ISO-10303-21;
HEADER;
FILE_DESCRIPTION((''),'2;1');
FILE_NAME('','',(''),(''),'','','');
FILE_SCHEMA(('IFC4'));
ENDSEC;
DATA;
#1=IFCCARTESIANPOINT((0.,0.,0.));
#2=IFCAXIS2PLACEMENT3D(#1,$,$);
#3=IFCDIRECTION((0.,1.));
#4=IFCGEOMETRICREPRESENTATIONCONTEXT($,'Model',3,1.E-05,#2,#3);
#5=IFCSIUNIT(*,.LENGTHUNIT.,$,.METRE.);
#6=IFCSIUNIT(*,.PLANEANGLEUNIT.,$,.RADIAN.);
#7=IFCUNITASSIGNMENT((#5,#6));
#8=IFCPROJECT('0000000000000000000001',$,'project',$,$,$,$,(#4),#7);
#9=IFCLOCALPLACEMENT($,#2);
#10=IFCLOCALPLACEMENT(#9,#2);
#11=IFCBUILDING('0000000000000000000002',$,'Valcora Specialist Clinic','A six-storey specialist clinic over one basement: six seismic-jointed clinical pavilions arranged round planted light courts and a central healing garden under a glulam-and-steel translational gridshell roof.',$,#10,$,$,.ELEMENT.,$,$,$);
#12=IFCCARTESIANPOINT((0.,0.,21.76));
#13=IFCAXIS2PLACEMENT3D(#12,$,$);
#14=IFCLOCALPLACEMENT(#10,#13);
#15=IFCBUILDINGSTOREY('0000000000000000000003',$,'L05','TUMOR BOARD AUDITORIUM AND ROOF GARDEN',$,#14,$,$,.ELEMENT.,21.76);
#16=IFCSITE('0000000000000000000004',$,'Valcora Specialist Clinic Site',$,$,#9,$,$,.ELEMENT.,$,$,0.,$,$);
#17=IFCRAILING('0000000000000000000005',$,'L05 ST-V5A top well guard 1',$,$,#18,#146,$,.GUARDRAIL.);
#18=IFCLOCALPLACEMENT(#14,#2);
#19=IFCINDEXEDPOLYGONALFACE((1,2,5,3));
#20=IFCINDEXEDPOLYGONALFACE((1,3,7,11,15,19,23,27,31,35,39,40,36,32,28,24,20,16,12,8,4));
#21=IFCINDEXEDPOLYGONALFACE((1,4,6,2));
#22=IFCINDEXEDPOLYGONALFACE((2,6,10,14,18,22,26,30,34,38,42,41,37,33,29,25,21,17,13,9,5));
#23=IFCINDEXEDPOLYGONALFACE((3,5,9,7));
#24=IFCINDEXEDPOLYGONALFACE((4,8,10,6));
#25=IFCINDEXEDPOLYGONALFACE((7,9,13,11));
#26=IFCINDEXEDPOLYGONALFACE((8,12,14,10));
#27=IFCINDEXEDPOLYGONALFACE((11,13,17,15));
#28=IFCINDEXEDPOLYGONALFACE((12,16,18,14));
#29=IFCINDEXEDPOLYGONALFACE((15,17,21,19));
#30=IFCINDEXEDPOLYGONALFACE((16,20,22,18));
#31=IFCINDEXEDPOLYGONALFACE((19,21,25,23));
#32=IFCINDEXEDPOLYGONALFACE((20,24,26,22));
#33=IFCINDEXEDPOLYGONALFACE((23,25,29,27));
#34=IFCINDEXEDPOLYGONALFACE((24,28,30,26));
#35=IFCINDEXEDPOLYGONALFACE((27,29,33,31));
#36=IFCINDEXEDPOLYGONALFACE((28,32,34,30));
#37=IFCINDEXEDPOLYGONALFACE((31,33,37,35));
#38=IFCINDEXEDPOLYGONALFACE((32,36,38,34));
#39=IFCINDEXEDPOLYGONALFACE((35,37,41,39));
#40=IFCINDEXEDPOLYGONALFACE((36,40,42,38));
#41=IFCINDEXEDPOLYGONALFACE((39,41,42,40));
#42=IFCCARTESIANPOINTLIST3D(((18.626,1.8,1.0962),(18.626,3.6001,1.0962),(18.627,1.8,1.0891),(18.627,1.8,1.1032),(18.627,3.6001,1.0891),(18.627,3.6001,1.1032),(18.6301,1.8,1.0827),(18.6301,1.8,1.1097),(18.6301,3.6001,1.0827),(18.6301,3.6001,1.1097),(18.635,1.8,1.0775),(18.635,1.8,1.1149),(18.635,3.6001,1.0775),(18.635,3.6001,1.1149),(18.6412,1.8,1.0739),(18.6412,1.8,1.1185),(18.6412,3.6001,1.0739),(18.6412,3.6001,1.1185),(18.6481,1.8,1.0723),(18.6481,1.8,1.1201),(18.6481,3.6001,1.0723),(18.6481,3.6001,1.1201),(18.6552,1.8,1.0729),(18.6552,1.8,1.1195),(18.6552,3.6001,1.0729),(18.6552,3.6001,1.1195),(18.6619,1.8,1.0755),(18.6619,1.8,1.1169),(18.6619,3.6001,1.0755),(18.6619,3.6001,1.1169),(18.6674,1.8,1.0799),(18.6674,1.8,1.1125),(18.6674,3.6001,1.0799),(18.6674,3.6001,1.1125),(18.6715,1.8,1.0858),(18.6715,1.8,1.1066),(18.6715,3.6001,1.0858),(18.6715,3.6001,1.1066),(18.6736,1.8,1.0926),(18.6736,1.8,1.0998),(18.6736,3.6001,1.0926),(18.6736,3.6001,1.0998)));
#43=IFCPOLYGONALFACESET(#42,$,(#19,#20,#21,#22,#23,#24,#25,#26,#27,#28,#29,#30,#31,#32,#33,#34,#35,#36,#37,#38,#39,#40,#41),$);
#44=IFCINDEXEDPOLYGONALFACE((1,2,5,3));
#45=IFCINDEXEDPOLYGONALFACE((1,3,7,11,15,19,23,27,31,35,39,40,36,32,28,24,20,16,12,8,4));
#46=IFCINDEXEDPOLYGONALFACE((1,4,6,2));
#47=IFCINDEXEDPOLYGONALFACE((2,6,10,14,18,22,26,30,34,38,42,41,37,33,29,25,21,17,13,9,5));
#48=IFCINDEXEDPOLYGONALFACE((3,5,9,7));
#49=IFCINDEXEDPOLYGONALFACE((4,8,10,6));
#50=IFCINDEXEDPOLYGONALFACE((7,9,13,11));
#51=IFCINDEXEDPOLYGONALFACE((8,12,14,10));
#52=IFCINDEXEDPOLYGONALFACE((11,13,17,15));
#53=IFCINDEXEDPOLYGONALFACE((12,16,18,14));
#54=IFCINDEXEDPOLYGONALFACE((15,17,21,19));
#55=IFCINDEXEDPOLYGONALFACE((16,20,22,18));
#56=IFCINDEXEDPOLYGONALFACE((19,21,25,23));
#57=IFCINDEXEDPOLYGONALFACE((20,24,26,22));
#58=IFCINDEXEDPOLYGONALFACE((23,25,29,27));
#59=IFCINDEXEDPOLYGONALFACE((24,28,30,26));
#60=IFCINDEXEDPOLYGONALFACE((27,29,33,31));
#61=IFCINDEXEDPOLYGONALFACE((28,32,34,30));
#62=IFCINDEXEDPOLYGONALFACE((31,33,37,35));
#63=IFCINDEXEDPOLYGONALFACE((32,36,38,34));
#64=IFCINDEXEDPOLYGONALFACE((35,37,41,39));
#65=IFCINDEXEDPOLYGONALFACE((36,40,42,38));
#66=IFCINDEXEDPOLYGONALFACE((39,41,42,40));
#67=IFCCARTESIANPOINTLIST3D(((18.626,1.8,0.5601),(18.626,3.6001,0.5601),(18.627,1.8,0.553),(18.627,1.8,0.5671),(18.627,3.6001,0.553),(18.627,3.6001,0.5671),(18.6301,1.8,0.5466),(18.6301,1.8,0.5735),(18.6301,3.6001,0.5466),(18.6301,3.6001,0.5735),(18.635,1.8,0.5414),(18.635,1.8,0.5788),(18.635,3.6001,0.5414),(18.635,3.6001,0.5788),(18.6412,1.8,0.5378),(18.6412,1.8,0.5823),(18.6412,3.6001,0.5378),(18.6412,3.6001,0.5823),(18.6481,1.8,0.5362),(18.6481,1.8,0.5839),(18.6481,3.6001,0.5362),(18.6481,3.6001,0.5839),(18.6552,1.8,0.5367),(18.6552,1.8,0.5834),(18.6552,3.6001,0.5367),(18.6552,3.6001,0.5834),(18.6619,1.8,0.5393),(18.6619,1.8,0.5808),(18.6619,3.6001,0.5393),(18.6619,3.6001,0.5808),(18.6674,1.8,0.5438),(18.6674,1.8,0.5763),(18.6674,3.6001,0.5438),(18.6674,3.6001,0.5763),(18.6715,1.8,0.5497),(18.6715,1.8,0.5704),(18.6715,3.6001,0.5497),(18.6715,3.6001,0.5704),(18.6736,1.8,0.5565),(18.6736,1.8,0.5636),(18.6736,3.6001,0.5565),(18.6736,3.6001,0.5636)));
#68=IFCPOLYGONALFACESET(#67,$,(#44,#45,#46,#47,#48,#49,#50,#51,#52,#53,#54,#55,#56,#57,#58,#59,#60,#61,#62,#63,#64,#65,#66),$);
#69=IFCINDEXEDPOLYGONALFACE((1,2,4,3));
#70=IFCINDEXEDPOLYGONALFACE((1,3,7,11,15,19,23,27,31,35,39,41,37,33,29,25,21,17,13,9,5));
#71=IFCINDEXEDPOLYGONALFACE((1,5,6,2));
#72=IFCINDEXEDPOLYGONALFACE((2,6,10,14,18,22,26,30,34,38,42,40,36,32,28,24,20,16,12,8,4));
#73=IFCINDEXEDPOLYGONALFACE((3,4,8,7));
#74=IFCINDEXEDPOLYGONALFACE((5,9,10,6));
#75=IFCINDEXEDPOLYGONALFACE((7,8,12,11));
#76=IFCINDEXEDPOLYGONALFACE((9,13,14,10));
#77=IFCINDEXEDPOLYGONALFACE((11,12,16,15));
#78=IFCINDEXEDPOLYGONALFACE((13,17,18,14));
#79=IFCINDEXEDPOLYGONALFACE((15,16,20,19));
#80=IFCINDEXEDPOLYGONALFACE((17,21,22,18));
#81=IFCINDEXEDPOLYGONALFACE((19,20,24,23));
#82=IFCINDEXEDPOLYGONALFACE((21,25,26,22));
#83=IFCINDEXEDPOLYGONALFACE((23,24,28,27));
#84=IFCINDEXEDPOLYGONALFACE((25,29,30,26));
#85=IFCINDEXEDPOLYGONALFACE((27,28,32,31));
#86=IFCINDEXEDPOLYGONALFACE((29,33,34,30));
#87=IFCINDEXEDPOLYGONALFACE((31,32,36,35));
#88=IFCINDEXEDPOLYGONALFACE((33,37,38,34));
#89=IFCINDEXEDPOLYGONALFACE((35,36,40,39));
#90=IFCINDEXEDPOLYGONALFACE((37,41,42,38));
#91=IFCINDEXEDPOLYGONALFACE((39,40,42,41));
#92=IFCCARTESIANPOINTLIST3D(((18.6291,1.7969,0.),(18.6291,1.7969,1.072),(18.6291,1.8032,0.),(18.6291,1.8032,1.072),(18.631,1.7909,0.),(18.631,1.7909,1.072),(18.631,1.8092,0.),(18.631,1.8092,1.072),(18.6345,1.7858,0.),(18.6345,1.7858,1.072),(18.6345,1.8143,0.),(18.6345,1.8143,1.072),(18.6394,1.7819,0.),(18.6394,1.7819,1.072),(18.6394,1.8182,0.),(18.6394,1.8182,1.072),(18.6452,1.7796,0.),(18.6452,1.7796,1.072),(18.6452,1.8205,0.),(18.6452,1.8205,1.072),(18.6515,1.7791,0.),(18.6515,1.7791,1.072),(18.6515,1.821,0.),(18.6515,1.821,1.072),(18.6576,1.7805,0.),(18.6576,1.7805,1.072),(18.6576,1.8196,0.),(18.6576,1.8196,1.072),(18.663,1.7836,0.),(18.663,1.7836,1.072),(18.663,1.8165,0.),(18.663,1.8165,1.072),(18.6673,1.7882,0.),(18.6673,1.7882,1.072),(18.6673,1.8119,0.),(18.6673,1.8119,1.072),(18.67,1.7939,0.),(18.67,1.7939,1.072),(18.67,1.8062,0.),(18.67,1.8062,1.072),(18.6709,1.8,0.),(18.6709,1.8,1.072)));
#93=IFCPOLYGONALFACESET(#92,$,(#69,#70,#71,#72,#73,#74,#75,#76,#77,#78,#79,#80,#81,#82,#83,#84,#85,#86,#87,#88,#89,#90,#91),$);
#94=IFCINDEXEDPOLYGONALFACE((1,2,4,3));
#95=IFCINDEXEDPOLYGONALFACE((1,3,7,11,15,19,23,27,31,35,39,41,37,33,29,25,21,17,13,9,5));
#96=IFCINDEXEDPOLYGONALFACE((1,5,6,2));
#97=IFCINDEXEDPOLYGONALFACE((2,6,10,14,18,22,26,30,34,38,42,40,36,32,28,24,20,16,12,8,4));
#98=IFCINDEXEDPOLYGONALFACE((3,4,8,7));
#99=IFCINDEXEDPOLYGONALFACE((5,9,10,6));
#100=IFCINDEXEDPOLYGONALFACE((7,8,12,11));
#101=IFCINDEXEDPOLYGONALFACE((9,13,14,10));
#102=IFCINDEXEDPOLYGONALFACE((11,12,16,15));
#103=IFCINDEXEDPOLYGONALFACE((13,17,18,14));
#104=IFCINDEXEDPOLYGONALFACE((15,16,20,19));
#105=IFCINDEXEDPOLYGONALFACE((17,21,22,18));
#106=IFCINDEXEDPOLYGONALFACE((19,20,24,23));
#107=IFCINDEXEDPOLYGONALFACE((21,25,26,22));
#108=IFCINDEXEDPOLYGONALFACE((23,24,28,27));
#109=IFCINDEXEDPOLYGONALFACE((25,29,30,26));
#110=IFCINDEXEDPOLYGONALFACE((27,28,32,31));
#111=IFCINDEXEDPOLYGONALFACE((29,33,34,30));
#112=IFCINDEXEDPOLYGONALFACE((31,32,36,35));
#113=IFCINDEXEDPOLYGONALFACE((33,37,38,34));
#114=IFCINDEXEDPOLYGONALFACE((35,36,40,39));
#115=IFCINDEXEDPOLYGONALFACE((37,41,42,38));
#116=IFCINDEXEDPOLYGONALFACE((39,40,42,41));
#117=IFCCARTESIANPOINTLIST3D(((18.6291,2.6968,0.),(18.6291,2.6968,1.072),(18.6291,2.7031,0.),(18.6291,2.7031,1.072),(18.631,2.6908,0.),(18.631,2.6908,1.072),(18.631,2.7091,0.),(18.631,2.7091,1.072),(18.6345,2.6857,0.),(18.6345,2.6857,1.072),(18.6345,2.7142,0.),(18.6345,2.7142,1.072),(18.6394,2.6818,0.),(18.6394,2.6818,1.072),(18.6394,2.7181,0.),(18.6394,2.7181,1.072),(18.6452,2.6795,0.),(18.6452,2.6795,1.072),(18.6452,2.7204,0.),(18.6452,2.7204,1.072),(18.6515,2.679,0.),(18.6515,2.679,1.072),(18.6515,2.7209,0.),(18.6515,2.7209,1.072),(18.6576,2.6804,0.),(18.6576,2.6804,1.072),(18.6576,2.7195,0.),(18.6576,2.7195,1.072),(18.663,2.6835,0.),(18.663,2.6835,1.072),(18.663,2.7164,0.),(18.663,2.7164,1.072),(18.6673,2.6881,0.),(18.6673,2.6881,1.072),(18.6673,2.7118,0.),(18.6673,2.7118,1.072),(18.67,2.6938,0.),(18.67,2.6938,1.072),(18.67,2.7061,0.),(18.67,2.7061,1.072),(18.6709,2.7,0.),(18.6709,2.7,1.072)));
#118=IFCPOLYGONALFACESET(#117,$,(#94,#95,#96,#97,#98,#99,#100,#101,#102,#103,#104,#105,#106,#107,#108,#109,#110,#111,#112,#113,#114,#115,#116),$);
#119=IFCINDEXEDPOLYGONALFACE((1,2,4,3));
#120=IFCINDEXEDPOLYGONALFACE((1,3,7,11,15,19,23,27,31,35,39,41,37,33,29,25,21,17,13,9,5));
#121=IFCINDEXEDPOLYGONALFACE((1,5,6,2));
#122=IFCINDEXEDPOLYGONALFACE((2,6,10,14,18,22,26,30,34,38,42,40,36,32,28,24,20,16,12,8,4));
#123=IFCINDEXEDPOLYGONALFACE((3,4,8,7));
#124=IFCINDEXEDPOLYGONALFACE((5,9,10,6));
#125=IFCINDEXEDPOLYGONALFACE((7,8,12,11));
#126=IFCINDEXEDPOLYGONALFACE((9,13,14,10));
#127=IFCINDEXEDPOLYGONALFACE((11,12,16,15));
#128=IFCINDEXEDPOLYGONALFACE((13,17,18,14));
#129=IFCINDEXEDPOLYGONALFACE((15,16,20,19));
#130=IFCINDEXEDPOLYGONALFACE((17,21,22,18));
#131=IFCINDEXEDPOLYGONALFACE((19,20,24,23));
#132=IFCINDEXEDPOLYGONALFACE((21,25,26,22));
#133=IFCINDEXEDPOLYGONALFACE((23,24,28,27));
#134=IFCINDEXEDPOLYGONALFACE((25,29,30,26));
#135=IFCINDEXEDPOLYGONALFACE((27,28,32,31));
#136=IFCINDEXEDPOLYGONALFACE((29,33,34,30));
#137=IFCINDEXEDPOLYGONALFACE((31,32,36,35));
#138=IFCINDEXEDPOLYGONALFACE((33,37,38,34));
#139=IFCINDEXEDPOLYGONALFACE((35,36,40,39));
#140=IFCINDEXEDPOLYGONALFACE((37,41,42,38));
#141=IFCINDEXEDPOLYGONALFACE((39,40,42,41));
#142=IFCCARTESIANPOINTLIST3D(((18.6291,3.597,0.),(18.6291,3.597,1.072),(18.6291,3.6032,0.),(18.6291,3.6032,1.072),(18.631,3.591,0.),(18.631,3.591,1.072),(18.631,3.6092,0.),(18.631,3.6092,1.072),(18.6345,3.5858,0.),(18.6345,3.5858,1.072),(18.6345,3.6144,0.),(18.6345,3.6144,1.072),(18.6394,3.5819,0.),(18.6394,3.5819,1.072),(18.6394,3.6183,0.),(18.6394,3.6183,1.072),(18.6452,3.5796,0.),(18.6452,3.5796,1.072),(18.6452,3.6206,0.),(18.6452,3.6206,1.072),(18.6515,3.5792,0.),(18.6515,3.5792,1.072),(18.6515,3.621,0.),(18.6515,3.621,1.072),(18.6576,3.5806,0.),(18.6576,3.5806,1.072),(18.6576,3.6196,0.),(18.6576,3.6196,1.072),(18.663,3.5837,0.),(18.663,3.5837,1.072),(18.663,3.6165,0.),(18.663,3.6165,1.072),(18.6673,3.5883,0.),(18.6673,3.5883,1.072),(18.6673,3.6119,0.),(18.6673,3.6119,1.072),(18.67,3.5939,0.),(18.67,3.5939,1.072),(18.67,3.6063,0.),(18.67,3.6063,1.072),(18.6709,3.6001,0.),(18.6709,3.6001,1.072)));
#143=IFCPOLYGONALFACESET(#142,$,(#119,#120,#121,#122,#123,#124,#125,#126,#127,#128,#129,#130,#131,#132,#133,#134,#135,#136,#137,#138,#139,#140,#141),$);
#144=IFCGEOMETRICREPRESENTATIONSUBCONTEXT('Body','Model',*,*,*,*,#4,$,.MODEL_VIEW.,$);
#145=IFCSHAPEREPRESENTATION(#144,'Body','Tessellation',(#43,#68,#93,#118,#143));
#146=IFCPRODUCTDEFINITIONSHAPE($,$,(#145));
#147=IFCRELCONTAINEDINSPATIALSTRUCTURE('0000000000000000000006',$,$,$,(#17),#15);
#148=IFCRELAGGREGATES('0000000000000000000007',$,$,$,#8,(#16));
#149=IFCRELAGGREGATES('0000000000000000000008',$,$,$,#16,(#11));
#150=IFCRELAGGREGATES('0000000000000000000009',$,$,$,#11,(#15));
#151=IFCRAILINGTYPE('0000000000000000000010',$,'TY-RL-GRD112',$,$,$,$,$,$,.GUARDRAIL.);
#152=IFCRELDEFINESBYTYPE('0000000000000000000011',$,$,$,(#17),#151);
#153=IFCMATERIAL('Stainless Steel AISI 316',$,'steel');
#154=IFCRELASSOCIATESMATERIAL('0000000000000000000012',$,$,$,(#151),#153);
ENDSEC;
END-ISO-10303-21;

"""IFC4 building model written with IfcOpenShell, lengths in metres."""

from ifc_helpers import new_model, si_unit, direction, frame, origin, origin_2d, place, context, subcontext, project, spatial, circle, extrude, material, type_object, element, save


model = new_model("IFC4")

# Units and contexts
model_context = context("Model", 3, precision=1e-05, world=origin(), true_north=direction((0.0, 1.0)))
body_context = subcontext(model_context, "Body", "Model", "MODEL_VIEW")
ifc_project = project(units=[si_unit("LENGTHUNIT", "METRE"), si_unit("PLANEANGLEUNIT", "RADIAN")], contexts=[model_context])

# Site, building, storey
site_placement = place(None, origin())
site = spatial("IfcSite", under=ifc_project, at=site_placement, Name="Valcora Specialist Clinic Site", CompositionType="ELEMENT", RefElevation=0.0)
building_placement = place(site_placement, origin())
building = spatial("IfcBuilding", under=site, at=building_placement, Name="Valcora Specialist Clinic", Description="A six-storey specialist clinic over one basement: six seismic-jointed clinical pavilions arranged round planted light courts and a central healing garden under a glulam-and-steel translational gridshell roof.", CompositionType="ELEMENT")
storey_placement = place(building_placement, frame((0.0, 0.0, 21.76)))
storey = spatial("IfcBuildingStorey", under=building, at=storey_placement, Name="L05", Description="TUMOR BOARD AUDITORIUM AND ROOF GARDEN", CompositionType="ELEMENT", Elevation=21.76)

# Shared definitions
ifc_material_1 = material(Name="Stainless Steel AISI 316", Category="steel")

# Railing
railing_type = type_object("IfcRailingType", Name="TY-RL-GRD112", PredefinedType="GUARDRAIL", material=ifc_material_1)
railing_placement = place(storey_placement, frame((18.6499, 1.8, 0.0)))
element("IfcRailing", 1, at=railing_placement, inside=storey, type_object=railing_type, Name="L05 ST-V5A top well guard 1", PredefinedType="GUARDRAIL", context=body_context, shape_type="SweptSolid", body=[
    extrude(circle(Radius=0.0239, at=origin_2d()), frame((0.0, 0.0, 1.0962), z_axis=(0.0, 1.0, 0.0), x_axis=(-1.0, 0.0, 0.0)), (0.0, 0.0, 1.0), 1.8),
    extrude(circle(Radius=0.0239, at=origin_2d()), frame((0.0, 0.0, 0.5601), z_axis=(0.0, 1.0, 0.0), x_axis=(-1.0, 0.0, 0.0)), (0.0, 0.0, 1.0), 1.8),
    extrude(circle(Radius=0.021, at=origin_2d()), origin(), (0.0, 0.0, 1.0), 1.072),
    extrude(circle(Radius=0.021, at=origin_2d()), frame((0.0, 0.8999, 0.0)), (0.0, 0.0, 1.0), 1.072),
    extrude(circle(Radius=0.021, at=origin_2d()), frame((0.0, 1.8, 0.0)), (0.0, 0.0, 1.0), 1.072),
])

save(model, "model.ifc")
